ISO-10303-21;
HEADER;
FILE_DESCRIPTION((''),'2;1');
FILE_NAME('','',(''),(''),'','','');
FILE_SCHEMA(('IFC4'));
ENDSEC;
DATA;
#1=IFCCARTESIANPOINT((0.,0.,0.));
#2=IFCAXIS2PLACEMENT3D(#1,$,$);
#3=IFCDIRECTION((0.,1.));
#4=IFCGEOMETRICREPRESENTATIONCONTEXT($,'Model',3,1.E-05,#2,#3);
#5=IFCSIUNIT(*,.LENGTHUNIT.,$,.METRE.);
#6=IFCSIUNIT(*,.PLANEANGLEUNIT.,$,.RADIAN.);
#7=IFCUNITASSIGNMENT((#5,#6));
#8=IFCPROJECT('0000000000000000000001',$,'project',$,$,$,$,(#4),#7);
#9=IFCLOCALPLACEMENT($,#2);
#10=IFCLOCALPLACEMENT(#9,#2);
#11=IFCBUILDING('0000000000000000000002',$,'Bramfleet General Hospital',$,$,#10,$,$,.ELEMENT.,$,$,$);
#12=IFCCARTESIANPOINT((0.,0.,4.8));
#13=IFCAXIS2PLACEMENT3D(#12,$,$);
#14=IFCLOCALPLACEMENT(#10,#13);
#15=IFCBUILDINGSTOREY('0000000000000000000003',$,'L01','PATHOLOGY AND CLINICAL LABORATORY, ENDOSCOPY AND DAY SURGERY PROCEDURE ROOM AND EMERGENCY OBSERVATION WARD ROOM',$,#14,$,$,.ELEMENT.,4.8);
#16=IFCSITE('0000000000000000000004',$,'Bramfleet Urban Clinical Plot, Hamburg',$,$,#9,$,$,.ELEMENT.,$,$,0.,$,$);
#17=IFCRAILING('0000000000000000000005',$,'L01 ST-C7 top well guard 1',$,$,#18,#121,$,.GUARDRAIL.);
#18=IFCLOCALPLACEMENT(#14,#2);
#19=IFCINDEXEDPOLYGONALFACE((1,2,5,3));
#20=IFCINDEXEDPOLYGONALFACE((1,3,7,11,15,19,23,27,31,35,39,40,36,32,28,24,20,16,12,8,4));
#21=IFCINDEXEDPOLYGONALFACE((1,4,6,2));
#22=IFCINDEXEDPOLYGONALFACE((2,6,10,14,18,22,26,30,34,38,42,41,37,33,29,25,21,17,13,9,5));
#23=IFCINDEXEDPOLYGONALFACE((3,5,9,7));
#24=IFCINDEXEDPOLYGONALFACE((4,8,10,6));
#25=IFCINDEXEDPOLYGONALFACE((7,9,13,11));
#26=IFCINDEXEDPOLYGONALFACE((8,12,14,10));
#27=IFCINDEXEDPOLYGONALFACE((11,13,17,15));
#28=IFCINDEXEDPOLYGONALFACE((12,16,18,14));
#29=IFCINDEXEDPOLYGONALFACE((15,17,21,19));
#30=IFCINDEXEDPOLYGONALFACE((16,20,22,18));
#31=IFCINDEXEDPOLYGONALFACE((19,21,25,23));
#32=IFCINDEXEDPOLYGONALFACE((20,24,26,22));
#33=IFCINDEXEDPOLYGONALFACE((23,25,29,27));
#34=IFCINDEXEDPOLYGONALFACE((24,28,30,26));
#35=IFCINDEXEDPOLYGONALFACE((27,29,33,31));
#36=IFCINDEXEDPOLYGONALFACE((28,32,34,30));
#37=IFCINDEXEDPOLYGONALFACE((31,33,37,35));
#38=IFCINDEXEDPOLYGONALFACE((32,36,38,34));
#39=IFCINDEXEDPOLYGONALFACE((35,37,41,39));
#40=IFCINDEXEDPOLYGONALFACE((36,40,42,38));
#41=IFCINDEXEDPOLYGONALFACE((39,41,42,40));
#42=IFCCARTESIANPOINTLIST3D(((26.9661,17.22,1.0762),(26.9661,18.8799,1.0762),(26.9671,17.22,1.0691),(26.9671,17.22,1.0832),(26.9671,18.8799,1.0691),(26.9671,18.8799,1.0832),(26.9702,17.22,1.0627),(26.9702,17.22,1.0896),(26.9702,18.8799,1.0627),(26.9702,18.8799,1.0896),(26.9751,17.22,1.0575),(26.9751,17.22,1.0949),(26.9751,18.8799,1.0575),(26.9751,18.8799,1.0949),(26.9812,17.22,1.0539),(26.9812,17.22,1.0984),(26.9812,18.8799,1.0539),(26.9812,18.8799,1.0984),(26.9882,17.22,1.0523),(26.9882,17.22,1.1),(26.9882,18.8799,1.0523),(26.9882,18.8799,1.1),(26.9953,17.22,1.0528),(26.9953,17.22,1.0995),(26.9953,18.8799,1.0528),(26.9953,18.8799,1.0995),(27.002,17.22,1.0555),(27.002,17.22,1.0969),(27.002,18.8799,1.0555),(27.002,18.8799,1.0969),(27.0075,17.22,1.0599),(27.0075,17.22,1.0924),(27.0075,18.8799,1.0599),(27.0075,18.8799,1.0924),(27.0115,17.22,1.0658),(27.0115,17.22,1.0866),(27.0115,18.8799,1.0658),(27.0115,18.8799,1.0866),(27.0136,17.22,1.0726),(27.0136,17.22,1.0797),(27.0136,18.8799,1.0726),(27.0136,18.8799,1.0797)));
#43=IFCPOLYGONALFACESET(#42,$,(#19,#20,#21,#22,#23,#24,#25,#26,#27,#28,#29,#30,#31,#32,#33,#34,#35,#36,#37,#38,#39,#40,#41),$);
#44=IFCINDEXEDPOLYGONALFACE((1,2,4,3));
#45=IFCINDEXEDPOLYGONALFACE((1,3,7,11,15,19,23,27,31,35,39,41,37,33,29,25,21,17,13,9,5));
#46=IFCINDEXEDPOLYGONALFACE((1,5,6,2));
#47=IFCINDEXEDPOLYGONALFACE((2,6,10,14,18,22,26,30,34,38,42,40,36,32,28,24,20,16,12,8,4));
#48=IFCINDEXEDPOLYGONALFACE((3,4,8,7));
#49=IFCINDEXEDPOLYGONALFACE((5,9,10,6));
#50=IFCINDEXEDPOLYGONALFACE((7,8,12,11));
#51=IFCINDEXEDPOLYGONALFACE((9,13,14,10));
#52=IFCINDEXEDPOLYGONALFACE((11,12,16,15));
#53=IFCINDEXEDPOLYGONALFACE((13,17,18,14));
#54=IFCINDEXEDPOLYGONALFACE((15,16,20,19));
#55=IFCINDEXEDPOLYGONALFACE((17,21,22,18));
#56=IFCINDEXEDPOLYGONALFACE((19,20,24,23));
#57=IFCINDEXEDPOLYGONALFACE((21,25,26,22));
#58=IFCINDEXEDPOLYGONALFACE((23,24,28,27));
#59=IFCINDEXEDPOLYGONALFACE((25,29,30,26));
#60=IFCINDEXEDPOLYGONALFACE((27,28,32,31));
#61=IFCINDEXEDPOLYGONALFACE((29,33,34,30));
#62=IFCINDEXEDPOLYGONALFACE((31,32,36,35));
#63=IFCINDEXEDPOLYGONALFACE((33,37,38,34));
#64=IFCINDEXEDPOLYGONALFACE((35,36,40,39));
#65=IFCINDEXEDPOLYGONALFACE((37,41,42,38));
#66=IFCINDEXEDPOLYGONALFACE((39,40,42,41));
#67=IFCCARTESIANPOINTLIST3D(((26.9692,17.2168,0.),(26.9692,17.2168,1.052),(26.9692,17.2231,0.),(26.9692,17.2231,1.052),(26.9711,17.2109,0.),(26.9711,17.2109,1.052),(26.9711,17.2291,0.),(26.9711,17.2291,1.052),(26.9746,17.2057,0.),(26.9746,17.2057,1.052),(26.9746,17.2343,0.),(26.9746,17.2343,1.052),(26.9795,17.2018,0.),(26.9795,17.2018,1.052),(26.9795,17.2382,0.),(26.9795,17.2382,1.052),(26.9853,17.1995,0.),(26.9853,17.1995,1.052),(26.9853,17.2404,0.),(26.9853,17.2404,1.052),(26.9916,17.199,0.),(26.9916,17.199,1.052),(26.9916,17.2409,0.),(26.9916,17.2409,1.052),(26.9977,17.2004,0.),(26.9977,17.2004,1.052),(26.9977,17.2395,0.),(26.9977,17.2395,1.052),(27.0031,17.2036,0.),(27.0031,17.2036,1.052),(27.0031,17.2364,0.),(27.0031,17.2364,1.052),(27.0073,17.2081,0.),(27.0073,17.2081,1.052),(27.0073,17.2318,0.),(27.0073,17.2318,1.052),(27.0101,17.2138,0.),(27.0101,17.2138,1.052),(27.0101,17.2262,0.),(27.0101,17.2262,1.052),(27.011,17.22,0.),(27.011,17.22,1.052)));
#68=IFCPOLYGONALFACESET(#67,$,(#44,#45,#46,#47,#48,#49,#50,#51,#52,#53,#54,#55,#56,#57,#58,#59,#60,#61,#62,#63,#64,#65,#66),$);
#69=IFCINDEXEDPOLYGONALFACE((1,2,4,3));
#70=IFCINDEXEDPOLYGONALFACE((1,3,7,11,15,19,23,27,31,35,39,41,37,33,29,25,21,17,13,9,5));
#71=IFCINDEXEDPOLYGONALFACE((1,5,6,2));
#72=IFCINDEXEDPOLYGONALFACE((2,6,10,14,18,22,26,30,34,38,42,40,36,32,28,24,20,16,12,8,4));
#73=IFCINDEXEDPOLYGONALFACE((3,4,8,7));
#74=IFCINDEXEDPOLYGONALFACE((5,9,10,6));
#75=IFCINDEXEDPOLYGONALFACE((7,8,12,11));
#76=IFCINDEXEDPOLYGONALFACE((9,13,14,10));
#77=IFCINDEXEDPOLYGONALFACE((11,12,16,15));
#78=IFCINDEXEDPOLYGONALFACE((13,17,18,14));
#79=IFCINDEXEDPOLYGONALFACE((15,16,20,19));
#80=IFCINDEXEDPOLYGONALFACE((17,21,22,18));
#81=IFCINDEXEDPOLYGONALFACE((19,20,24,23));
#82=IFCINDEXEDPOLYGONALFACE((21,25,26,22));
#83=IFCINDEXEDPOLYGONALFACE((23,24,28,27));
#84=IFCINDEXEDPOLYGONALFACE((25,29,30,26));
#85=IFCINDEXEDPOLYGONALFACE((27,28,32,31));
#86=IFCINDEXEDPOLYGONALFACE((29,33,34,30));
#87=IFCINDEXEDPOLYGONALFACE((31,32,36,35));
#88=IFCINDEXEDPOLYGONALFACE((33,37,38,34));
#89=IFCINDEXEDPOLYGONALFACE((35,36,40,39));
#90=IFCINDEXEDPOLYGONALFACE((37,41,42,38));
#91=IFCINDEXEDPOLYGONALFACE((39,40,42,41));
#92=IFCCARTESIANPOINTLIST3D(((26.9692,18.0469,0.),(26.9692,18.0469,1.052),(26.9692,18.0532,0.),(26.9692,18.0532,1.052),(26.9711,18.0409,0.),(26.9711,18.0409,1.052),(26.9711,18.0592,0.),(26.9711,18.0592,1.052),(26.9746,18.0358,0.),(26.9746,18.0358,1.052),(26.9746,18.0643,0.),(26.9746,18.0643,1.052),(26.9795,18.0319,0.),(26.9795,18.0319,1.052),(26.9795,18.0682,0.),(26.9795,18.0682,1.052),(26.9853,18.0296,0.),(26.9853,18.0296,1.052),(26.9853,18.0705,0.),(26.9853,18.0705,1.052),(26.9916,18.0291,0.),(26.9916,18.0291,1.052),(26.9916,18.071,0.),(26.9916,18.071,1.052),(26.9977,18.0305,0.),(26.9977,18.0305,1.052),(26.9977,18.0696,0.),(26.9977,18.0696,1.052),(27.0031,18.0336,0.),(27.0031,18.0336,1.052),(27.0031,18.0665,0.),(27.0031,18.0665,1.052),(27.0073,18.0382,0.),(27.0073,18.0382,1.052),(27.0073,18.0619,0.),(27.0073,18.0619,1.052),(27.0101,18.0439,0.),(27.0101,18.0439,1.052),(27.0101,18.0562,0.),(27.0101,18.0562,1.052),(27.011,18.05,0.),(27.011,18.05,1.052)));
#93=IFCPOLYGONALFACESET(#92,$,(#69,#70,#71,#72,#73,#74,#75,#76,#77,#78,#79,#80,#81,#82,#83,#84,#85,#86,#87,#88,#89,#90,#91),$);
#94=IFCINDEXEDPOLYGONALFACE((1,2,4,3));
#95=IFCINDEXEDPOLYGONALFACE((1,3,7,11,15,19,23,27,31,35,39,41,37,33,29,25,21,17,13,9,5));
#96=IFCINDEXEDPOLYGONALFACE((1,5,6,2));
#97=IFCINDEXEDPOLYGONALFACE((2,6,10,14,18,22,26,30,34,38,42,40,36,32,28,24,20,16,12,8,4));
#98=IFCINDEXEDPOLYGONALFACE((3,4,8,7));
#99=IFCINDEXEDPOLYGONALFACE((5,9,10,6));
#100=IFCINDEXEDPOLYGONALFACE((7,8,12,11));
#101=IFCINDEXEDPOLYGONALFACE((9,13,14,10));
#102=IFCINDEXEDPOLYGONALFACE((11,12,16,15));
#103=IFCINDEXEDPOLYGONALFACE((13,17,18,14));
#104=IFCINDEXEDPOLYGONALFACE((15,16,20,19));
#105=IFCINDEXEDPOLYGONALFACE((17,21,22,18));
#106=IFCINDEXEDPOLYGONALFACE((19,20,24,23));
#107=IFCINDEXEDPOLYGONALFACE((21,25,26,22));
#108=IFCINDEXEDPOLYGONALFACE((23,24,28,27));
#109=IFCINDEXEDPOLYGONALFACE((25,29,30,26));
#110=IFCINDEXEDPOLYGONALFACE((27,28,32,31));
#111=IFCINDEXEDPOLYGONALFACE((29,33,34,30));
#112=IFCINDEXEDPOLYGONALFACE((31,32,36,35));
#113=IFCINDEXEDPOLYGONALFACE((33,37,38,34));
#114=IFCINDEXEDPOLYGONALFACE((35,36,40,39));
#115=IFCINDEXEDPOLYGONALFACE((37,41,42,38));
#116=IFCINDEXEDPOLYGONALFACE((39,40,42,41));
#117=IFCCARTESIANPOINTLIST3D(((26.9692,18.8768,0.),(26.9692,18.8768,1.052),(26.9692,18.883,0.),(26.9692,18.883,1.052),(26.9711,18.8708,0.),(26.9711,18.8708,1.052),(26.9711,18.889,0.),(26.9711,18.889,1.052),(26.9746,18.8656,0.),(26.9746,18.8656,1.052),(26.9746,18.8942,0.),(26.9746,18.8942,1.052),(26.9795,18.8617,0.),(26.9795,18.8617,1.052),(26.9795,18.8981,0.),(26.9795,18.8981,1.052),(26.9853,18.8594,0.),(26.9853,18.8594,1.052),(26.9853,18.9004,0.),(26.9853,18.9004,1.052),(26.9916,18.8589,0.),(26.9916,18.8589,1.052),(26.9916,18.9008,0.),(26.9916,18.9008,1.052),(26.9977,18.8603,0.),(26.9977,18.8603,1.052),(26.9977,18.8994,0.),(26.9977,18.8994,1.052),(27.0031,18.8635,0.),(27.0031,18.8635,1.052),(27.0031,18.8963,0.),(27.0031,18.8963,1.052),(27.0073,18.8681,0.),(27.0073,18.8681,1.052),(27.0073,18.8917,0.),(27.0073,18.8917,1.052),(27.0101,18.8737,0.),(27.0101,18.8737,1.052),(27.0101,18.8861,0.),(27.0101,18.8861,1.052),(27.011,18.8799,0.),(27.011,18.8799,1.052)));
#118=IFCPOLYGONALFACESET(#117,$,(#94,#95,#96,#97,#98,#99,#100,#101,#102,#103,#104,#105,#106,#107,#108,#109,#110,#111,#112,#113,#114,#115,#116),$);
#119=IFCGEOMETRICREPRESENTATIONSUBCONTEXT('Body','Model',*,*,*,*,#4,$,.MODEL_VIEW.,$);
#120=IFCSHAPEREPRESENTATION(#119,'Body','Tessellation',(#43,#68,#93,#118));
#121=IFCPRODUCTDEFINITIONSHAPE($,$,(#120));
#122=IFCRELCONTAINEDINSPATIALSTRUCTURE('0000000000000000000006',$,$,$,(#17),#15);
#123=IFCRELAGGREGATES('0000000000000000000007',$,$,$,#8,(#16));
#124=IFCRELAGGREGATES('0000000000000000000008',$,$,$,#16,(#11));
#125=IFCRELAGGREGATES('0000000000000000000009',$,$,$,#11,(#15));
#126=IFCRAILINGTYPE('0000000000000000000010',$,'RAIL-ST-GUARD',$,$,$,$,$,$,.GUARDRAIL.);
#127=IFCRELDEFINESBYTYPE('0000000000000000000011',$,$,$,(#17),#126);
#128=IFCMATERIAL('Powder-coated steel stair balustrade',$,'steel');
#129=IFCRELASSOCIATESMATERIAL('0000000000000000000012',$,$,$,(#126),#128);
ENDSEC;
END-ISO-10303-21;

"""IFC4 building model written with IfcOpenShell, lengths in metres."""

from ifc_helpers import new_model, si_unit, direction, frame, origin, origin_2d, place, context, subcontext, project, spatial, circle, extrude, material, type_object, element, save


model = new_model("IFC4")

# Units and contexts
model_context = context("Model", 3, precision=1e-05, world=origin(), true_north=direction((0.0, 1.0)))
body_context = subcontext(model_context, "Body", "Model", "MODEL_VIEW")
ifc_project = project(units=[si_unit("LENGTHUNIT", "METRE"), si_unit("PLANEANGLEUNIT", "RADIAN")], contexts=[model_context])

# Site, building, storey
site_placement = place(None, origin())
site = spatial("IfcSite", under=ifc_project, at=site_placement, Name="Bramfleet Urban Clinical Plot, Hamburg", CompositionType="ELEMENT", RefElevation=0.0)
building_placement = place(site_placement, origin())
building = spatial("IfcBuilding", under=site, at=building_placement, Name="Bramfleet General Hospital", CompositionType="ELEMENT")
storey_placement = place(building_placement, frame((0.0, 0.0, 4.8)))
storey = spatial("IfcBuildingStorey", under=building, at=storey_placement, Name="L01", Description="PATHOLOGY AND CLINICAL LABORATORY, ENDOSCOPY AND DAY SURGERY PROCEDURE ROOM AND EMERGENCY OBSERVATION WARD ROOM", CompositionType="ELEMENT", Elevation=4.8)

# Railing
ifc_material_1 = material(Name="Powder-coated steel stair balustrade", Category="steel")
railing_type = type_object("IfcRailingType", Name="RAIL-ST-GUARD", PredefinedType="GUARDRAIL", material=ifc_material_1)
railing_placement = place(storey_placement, frame((26.99, 17.22, 0.0)))
element("IfcRailing", 1, at=railing_placement, inside=storey, type_object=railing_type, Name="L01 ST-C7 top well guard 1", PredefinedType="GUARDRAIL", context=body_context, shape_type="SweptSolid", body=[
    extrude(circle(Radius=0.0239, at=origin_2d()), frame((0.0, 0.0, 1.0762), z_axis=(0.0, 1.0, 0.0), x_axis=(-1.0, 0.0, 0.0)), (0.0, 0.0, 1.0), 1.6599),
    extrude(circle(Radius=0.021, at=origin_2d()), origin(), (0.0, 0.0, 1.0), 1.052),
    extrude(circle(Radius=0.021, at=origin_2d()), frame((0.0, 0.8301, 0.0)), (0.0, 0.0, 1.0), 1.052),
    extrude(circle(Radius=0.021, at=origin_2d()), frame((0.0, 1.6599, 0.0)), (0.0, 0.0, 1.0), 1.052),
])

save(model, "model.ifc")
